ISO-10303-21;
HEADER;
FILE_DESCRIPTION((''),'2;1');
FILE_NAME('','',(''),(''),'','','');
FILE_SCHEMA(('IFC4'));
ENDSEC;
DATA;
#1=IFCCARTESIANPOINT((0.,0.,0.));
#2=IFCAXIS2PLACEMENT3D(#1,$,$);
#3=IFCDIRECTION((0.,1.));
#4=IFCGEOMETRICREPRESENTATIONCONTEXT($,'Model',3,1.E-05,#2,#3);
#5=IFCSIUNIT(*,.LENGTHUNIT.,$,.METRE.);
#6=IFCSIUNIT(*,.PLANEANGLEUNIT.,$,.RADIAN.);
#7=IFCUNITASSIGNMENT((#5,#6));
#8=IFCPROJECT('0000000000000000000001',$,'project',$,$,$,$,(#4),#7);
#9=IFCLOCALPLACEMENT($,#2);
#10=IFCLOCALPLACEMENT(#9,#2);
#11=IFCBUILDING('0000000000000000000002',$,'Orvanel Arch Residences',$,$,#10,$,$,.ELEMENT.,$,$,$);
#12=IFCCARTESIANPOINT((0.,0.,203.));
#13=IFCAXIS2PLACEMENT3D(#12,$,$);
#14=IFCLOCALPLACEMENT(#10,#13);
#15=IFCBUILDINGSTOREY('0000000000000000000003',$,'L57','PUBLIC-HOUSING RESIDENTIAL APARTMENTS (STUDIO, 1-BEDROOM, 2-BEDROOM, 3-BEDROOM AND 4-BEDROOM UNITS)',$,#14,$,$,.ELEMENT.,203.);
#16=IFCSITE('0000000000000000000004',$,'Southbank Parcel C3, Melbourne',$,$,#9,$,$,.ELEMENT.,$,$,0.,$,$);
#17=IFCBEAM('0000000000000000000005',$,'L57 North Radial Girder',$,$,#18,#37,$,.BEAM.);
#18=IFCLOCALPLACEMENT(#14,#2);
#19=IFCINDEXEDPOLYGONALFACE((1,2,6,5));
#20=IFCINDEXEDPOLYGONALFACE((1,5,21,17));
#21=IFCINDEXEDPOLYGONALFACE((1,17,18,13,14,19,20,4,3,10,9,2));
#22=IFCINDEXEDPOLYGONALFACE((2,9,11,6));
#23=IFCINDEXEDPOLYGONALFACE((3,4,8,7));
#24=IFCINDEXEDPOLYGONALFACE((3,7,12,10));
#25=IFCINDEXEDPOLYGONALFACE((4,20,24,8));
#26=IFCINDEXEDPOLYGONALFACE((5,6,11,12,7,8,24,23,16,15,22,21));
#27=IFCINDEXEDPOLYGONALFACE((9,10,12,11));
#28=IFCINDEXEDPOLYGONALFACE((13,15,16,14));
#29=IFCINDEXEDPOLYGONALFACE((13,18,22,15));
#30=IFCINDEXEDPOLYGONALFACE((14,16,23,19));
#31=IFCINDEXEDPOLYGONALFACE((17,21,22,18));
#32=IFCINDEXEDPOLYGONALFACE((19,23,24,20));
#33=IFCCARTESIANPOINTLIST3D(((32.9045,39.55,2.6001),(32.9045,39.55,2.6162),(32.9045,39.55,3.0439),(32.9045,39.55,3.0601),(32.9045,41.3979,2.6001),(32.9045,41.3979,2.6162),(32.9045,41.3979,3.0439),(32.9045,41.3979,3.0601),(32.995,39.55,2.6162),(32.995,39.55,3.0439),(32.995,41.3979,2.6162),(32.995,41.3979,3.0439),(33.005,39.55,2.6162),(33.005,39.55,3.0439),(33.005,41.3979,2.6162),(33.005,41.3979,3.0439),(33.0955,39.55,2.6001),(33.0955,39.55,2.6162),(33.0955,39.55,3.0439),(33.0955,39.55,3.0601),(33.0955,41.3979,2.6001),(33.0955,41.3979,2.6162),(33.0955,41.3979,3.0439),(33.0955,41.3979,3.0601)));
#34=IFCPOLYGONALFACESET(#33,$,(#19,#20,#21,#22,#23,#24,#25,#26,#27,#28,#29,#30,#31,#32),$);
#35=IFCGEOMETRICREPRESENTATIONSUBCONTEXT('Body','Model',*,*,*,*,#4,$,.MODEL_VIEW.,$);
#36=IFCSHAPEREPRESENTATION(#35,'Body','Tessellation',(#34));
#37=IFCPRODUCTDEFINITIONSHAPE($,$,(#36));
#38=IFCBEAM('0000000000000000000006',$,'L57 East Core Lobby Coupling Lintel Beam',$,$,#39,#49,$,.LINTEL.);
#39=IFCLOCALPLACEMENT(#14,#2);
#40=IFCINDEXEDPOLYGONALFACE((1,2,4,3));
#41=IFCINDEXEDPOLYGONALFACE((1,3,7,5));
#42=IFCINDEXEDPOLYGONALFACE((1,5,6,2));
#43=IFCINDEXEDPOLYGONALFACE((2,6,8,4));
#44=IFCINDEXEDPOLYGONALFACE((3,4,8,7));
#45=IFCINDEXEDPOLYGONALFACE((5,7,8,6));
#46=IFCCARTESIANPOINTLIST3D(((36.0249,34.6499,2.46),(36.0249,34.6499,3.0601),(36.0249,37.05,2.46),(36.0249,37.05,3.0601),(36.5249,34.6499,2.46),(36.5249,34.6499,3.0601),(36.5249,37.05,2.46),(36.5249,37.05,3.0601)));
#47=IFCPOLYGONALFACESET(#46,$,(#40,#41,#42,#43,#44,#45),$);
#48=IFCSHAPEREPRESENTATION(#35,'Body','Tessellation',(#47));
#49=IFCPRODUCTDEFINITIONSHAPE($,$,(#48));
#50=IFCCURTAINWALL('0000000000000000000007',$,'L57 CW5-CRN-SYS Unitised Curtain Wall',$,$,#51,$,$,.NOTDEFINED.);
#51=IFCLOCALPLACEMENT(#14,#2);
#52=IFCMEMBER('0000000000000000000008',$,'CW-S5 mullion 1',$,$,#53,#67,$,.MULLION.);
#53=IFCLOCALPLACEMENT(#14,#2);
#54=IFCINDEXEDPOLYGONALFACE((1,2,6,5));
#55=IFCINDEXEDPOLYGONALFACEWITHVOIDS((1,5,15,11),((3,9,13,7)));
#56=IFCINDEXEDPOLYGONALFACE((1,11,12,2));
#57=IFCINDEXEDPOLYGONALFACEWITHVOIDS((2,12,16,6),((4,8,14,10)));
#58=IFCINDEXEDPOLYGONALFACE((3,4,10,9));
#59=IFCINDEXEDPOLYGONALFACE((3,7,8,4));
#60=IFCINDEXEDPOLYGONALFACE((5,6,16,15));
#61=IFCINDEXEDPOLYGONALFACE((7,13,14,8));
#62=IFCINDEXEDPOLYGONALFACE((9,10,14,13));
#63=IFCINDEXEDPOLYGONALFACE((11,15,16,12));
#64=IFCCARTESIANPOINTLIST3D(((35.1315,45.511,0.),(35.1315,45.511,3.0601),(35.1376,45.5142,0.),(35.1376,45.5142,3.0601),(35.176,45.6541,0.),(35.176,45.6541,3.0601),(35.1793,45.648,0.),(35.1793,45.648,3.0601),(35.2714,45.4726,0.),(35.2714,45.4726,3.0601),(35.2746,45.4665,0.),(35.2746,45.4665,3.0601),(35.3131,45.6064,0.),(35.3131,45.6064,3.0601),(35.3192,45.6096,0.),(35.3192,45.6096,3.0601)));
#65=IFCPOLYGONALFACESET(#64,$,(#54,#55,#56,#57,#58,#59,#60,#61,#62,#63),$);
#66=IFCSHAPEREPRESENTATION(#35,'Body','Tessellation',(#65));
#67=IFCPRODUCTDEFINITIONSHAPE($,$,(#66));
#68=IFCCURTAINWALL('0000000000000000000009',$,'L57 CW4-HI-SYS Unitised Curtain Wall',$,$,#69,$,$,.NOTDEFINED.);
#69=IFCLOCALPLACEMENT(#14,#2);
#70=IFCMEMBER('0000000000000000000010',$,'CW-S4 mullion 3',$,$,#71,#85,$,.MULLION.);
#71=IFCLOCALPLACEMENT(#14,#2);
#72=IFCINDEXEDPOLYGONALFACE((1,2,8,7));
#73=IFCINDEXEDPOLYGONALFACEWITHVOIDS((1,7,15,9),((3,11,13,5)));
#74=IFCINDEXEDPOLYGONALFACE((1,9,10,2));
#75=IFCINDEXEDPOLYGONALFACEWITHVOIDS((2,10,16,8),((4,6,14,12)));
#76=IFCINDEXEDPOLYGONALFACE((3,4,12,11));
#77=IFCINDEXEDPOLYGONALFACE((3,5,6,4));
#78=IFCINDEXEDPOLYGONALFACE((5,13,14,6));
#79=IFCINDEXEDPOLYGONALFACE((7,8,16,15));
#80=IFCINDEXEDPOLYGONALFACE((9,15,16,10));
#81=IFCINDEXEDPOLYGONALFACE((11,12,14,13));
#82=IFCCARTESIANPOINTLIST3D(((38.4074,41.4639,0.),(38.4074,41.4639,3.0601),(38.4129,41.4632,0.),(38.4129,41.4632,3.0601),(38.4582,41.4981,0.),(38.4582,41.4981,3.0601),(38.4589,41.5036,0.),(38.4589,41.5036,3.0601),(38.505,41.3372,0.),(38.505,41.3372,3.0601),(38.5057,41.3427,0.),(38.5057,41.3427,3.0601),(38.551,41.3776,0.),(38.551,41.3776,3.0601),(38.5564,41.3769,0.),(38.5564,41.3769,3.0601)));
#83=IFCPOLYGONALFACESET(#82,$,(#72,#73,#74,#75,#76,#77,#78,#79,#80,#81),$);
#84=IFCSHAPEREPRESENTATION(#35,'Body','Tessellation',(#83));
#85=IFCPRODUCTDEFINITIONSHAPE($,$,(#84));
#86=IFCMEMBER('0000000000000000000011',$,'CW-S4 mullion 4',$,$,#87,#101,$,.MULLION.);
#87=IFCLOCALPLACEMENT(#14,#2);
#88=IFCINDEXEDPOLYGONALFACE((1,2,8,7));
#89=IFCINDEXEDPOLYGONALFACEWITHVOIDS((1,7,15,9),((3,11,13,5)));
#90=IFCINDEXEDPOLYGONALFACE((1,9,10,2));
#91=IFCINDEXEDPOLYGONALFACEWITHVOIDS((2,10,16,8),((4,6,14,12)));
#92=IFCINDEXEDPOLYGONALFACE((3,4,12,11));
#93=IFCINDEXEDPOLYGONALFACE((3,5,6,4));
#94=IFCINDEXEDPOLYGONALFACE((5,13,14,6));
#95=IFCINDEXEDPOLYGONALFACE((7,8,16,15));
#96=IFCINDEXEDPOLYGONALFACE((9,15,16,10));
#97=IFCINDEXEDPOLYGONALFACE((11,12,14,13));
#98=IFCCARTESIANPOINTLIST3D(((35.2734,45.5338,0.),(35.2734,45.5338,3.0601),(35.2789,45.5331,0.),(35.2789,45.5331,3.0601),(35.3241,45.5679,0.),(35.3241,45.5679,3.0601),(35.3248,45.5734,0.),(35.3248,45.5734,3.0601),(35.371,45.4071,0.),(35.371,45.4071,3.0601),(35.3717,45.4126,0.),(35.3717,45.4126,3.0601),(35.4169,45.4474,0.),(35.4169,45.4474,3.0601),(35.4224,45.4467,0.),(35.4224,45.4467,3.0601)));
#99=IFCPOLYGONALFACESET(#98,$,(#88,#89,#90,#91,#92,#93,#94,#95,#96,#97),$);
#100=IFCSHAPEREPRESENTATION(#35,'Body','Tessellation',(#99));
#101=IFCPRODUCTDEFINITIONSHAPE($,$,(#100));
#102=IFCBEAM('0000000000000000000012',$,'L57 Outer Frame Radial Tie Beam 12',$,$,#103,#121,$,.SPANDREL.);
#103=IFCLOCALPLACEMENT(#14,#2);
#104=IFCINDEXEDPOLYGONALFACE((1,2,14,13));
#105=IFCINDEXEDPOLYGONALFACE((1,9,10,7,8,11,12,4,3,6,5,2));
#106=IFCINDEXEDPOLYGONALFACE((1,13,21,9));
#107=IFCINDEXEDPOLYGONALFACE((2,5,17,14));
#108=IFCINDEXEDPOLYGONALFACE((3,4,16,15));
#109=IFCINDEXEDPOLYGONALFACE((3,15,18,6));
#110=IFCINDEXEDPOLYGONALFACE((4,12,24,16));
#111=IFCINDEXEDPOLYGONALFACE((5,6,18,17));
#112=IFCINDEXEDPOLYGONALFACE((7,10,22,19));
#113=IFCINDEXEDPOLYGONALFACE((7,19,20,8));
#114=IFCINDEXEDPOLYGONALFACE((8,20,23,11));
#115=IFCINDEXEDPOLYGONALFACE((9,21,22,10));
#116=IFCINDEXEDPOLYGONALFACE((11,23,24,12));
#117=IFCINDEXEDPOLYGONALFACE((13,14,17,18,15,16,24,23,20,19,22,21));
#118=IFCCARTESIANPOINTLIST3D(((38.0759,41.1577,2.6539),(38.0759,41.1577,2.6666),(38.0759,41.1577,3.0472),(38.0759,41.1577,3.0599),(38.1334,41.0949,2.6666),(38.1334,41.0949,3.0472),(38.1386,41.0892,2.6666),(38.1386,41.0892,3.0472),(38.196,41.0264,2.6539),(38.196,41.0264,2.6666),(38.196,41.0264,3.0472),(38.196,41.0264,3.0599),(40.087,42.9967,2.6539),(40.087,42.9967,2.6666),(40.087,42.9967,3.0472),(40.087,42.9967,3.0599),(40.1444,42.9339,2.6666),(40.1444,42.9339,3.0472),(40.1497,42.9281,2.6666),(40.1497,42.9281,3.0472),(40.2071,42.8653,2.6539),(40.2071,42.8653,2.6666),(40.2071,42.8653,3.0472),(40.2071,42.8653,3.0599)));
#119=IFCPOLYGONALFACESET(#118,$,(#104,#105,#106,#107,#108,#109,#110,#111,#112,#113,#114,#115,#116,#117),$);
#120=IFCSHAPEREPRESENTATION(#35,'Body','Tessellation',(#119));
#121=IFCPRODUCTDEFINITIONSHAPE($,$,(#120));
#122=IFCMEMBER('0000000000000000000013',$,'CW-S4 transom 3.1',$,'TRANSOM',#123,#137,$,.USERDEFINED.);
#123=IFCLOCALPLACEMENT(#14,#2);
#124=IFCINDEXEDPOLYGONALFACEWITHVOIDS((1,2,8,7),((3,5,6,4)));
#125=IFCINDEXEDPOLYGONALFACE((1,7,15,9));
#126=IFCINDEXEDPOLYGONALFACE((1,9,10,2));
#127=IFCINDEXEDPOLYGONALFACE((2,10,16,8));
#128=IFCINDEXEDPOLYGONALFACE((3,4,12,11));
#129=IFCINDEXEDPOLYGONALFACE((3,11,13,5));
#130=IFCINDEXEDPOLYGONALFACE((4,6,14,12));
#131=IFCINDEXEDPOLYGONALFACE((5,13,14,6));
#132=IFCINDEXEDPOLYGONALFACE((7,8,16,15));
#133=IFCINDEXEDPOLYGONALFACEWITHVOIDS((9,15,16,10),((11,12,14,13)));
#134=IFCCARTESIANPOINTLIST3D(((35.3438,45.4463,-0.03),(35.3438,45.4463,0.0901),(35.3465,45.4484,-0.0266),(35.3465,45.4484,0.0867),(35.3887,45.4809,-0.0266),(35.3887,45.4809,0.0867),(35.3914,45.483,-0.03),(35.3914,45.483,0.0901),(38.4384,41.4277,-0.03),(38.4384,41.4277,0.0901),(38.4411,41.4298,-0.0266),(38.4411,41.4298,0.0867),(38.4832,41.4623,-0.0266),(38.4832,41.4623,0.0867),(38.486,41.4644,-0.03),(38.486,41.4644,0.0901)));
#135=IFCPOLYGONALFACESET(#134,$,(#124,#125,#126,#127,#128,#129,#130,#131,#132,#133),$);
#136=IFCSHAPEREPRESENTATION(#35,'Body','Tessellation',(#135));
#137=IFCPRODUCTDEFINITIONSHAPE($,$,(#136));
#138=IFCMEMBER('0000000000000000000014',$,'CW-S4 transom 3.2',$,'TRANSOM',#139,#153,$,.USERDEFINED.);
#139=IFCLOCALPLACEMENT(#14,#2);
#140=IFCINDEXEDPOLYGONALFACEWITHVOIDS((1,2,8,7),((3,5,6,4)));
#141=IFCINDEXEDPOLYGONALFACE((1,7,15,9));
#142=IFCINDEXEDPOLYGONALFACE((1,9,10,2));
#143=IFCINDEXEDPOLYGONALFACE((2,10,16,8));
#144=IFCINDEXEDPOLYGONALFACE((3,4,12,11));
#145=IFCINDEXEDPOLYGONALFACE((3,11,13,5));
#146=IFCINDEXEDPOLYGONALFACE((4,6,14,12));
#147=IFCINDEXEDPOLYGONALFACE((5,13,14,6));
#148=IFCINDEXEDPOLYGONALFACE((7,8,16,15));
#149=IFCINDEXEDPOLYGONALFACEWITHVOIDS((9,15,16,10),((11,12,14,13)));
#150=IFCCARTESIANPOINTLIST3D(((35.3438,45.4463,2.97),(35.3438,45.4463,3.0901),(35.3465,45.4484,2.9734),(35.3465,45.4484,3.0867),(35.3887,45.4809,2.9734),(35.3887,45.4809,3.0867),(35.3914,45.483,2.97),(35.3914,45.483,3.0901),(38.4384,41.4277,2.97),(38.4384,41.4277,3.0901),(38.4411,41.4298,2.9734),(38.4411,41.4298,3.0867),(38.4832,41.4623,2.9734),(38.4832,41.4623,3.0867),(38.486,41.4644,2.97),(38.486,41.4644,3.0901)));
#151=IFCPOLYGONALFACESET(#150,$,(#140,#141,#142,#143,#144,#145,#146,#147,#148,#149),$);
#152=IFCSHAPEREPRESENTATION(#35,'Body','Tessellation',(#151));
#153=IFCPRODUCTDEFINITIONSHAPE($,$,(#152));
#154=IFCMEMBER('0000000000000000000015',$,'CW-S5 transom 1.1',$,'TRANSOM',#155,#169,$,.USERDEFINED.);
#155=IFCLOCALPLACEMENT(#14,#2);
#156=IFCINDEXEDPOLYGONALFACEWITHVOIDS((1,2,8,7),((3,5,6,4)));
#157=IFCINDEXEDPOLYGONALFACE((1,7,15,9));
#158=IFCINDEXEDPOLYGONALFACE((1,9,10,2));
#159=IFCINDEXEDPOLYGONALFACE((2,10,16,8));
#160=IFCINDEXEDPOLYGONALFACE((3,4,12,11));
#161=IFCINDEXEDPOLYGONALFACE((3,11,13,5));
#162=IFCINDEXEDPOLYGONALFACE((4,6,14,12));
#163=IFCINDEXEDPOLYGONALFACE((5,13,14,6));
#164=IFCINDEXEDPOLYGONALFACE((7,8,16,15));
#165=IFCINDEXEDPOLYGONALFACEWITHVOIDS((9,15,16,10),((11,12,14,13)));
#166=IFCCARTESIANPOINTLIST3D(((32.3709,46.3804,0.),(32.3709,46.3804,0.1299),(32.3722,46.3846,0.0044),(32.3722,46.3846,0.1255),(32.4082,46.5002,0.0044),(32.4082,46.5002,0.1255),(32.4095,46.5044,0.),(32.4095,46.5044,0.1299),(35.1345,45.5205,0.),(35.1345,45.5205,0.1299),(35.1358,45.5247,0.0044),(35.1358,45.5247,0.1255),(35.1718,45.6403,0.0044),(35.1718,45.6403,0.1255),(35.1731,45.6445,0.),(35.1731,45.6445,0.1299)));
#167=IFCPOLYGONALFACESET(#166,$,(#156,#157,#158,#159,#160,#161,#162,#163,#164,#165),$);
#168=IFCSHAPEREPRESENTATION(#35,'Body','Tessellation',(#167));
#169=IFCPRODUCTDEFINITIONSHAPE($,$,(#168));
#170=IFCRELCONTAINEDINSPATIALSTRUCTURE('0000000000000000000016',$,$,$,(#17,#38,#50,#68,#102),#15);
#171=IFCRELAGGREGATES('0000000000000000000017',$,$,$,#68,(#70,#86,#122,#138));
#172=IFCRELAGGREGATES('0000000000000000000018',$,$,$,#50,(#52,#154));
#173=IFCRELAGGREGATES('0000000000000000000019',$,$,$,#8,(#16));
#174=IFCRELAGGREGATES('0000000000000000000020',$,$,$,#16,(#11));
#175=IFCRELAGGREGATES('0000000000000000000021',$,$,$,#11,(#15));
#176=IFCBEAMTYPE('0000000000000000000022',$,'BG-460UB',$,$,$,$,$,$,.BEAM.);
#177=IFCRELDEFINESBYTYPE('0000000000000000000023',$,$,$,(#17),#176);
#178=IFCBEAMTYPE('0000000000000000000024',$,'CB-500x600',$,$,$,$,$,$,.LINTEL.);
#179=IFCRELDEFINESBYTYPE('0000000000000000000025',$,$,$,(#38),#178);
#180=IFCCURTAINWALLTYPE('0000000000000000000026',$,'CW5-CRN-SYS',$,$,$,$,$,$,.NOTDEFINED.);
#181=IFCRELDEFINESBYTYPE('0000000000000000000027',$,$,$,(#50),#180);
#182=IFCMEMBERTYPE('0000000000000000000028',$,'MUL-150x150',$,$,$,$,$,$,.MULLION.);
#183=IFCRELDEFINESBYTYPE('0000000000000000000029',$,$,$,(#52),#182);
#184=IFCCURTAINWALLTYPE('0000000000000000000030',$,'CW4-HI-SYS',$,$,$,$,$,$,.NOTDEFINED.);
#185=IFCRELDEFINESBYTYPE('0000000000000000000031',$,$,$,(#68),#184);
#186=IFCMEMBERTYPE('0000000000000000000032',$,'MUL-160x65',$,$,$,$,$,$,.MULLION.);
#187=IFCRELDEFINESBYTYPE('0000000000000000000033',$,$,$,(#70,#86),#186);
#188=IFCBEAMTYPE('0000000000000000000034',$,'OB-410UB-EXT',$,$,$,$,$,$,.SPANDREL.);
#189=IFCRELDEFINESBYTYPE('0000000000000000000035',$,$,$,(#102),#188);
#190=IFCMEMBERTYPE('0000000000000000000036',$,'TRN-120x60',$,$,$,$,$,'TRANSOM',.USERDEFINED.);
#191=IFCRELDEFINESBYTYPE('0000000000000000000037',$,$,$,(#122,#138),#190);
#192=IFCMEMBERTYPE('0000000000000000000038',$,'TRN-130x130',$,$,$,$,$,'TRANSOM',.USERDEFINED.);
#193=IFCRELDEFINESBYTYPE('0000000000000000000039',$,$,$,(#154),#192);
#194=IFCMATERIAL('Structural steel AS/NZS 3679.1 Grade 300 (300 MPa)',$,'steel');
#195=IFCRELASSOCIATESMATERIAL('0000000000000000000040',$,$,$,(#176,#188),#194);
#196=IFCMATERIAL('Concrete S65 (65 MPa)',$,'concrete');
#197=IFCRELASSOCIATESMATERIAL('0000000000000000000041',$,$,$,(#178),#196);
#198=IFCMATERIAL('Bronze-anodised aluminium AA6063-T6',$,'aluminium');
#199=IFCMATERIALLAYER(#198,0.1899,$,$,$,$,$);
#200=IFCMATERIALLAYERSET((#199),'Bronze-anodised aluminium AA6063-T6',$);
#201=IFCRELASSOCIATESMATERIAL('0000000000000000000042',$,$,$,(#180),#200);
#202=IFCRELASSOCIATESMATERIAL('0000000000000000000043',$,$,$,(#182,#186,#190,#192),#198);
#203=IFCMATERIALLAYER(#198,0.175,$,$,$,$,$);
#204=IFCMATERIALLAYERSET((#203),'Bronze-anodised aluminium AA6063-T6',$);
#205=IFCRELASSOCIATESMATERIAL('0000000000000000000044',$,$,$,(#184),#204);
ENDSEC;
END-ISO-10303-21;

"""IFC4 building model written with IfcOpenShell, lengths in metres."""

from ifc_helpers import new_model, si_unit, direction, frame, origin, origin_2d, place, context, subcontext, project, spatial, rectangle, hollow_rectangle, i_section, extrude, material, layer, layer_set, material_profile, profile_set, type_object, element, aggregate, save


model = new_model("IFC4")

# Units and contexts
model_context = context("Model", 3, precision=1e-05, world=origin(), true_north=direction((0.0, 1.0)))
body_context = subcontext(model_context, "Body", "Model", "MODEL_VIEW")
ifc_project = project(units=[si_unit("LENGTHUNIT", "METRE"), si_unit("PLANEANGLEUNIT", "RADIAN")], contexts=[model_context])

# Site, building, storey
site_placement = place(None, origin())
site = spatial("IfcSite", under=ifc_project, at=site_placement, Name="Southbank Parcel C3, Melbourne", CompositionType="ELEMENT", RefElevation=0.0)
building_placement = place(site_placement, origin())
building = spatial("IfcBuilding", under=site, at=building_placement, Name="Orvanel Arch Residences", CompositionType="ELEMENT")
storey_placement = place(building_placement, frame((0.0, 0.0, 203.0)))
storey = spatial("IfcBuildingStorey", under=building, at=storey_placement, Name="L57", Description="PUBLIC-HOUSING RESIDENTIAL APARTMENTS (STUDIO, 1-BEDROOM, 2-BEDROOM, 3-BEDROOM AND 4-BEDROOM UNITS)", CompositionType="ELEMENT", Elevation=203.0)

# Beams
ifc_material_1 = material(Name="Structural steel AS/NZS 3679.1 Grade 300 (300 MPa)", Category="steel")
ifc_material_profile_1 = material_profile(ifc_material_1, i_section(OverallWidth=0.1909, OverallDepth=0.46, WebThickness=0.01, FlangeThickness=0.0161, at=origin_2d()), Name="460UB82.1")
ifc_profile_set_1 = profile_set([ifc_material_profile_1], Name="Structural steel AS/NZS 3679.1 Grade 300 (300 MPa)")
beam_type_1 = type_object("IfcBeamType", Name="BG-460UB", PredefinedType="BEAM", material=ifc_profile_set_1)
beam_1_placement = place(storey_placement, frame((33.0, 39.55, 2.8301), z_axis=(0.0, 1.0, 0.0), x_axis=(-1.0, 0.0, 0.0)))
element("IfcBeam", 1, at=beam_1_placement, inside=storey, type_object=beam_type_1, Name="L57 North Radial Girder", PredefinedType="BEAM", context=body_context, shape_type="SweptSolid", body=[
    extrude(i_section(OverallWidth=0.1909, OverallDepth=0.46, WebThickness=0.01, FlangeThickness=0.0161, at=origin_2d()), origin(), (0.0, 0.0, 1.0), 1.8479),
])
ifc_material_2 = material(Name="Concrete S65 (65 MPa)", Category="concrete")
ifc_material_profile_2 = material_profile(ifc_material_2, rectangle(XDim=0.5, YDim=0.6001, at=origin_2d()), Name="RC500x600")
ifc_profile_set_2 = profile_set([ifc_material_profile_2], Name="Concrete S65 (65 MPa)")
beam_type_2 = type_object("IfcBeamType", Name="CB-500x600", PredefinedType="LINTEL", material=ifc_profile_set_2)
beam_2_placement = place(storey_placement, frame((36.2749, 34.6499, 2.76), z_axis=(0.0, 1.0, 0.0), x_axis=(-1.0, 0.0, 0.0)))
element("IfcBeam", 2, at=beam_2_placement, inside=storey, type_object=beam_type_2, Name="L57 East Core Lobby Coupling Lintel Beam", PredefinedType="LINTEL", context=body_context, shape_type="SweptSolid", body=[
    extrude(rectangle(XDim=0.5, YDim=0.6001, at=origin_2d()), origin(), (0.0, 0.0, 1.0), 2.4001),
])

# Curtain wall, member
ifc_material_3 = material(Name="Bronze-anodised aluminium AA6063-T6", Category="aluminium")
ifc_layer_1 = layer(ifc_material_3, 0.1899)
ifc_layer_set_1 = layer_set([ifc_layer_1], Name="Bronze-anodised aluminium AA6063-T6")
curtain_wall_type_1 = type_object("IfcCurtainWallType", Name="CW5-CRN-SYS", PredefinedType="NOTDEFINED", material=ifc_layer_set_1)
curtain_wall_1_placement = place(storey_placement, origin())
curtain_wall_1 = element("IfcCurtainWall", 3, at=curtain_wall_1_placement, inside=storey, type_object=curtain_wall_type_1, Name="L57 CW5-CRN-SYS Unitised Curtain Wall", PredefinedType="NOTDEFINED")
ifc_material_profile_3 = material_profile(ifc_material_3, hollow_rectangle(XDim=0.1499, YDim=0.1499, WallThickness=0.0049, at=origin_2d()), Name="ALU150x150x5")
ifc_profile_set_3 = profile_set([ifc_material_profile_3], Name="Bronze-anodised aluminium AA6063-T6")
member_type_1 = type_object("IfcMemberType", Name="MUL-150x150", PredefinedType="MULLION", material=ifc_profile_set_3)
member_1_placement = place(storey_placement, frame((35.2253, 45.5603, 0.0), z_axis=(0.0, 0.0, 1.0), x_axis=(-0.297098, -0.954847, 0.0)))
member_1 = element("IfcMember", 4, at=member_1_placement, type_object=member_type_1, Name="CW-S5 mullion 1", PredefinedType="MULLION", context=body_context, shape_type="SweptSolid", body=[
    extrude(hollow_rectangle(XDim=0.1499, YDim=0.1499, WallThickness=0.0049, at=origin_2d()), origin(), (0.0, 0.0, 1.0), 3.0601),
])

# Curtain wall, members
ifc_layer_2 = layer(ifc_material_3, 0.175)
ifc_layer_set_2 = layer_set([ifc_layer_2], Name="Bronze-anodised aluminium AA6063-T6")
curtain_wall_type_2 = type_object("IfcCurtainWallType", Name="CW4-HI-SYS", PredefinedType="NOTDEFINED", material=ifc_layer_set_2)
curtain_wall_2_placement = place(storey_placement, origin())
curtain_wall_2 = element("IfcCurtainWall", 5, at=curtain_wall_2_placement, inside=storey, type_object=curtain_wall_type_2, Name="L57 CW4-HI-SYS Unitised Curtain Wall", PredefinedType="NOTDEFINED")
ifc_material_profile_4 = material_profile(ifc_material_3, hollow_rectangle(XDim=0.0649, YDim=0.1599, WallThickness=0.0039, at=origin_2d()), Name="ALU160x65x4")
ifc_profile_set_4 = profile_set([ifc_material_profile_4], Name="Bronze-anodised aluminium AA6063-T6")
member_type_2 = type_object("IfcMemberType", Name="MUL-160x65", PredefinedType="MULLION", material=ifc_profile_set_4)
member_2_placement = place(storey_placement, frame((38.4819, 41.4204, 0.0), z_axis=(0.0, 0.0, 1.0), x_axis=(-0.792298, -0.610134, 0.0)))
member_2 = element("IfcMember", 6, at=member_2_placement, type_object=member_type_2, Name="CW-S4 mullion 3", PredefinedType="MULLION", context=body_context, shape_type="SweptSolid", body=[
    extrude(hollow_rectangle(XDim=0.0649, YDim=0.1599, WallThickness=0.0039, at=origin_2d()), origin(), (0.0, 0.0, 1.0), 3.0601),
])
member_3_placement = place(storey_placement, frame((35.3479, 45.4902, 0.0), z_axis=(0.0, 0.0, 1.0), x_axis=(-0.792298, -0.610134, 0.0)))
member_3 = element("IfcMember", 7, at=member_3_placement, type_object=member_type_2, Name="CW-S4 mullion 4", PredefinedType="MULLION", context=body_context, shape_type="SweptSolid", body=[
    extrude(hollow_rectangle(XDim=0.0649, YDim=0.1599, WallThickness=0.0039, at=origin_2d()), origin(), (0.0, 0.0, 1.0), 3.0601),
])

# Beam
ifc_material_profile_5 = material_profile(ifc_material_1, i_section(OverallWidth=0.178, OverallDepth=0.406, WebThickness=0.0078, FlangeThickness=0.0127, at=origin_2d()), Name="410UB59.7")
ifc_profile_set_5 = profile_set([ifc_material_profile_5], Name="Structural steel AS/NZS 3679.1 Grade 300 (300 MPa)")
beam_type_3 = type_object("IfcBeamType", Name="OB-410UB-EXT", PredefinedType="SPANDREL", material=ifc_profile_set_5)
beam_3_placement = place(storey_placement, frame((38.136, 41.092, 2.8569), z_axis=(0.737983, 0.674819, 0.0), x_axis=(-0.674819, 0.737983, 0.0)))
element("IfcBeam", 8, at=beam_3_placement, inside=storey, type_object=beam_type_3, Name="L57 Outer Frame Radial Tie Beam 12", PredefinedType="SPANDREL", context=body_context, shape_type="SweptSolid", body=[
    extrude(i_section(OverallWidth=0.178, OverallDepth=0.406, WebThickness=0.0078, FlangeThickness=0.0127, at=origin_2d()), origin(), (0.0, 0.0, 1.0), 2.7251),
])

# Members
ifc_material_profile_6 = material_profile(ifc_material_3, hollow_rectangle(XDim=0.0601, YDim=0.1201, WallThickness=0.0034, at=origin_2d()), Name="ALU120x60x3.5")
ifc_profile_set_6 = profile_set([ifc_material_profile_6], Name="Bronze-anodised aluminium AA6063-T6")
member_type_3 = type_object("IfcMemberType", Name="TRN-120x60", ElementType="TRANSOM", PredefinedType="USERDEFINED", material=ifc_profile_set_6)
member_4_placement = place(storey_placement, frame((38.4622, 41.446, 0.03), z_axis=(-0.610118, 0.792311, 0.0), x_axis=(-0.792311, -0.610118, 0.0)))
member_4 = element("IfcMember", 9, at=member_4_placement, type_object=member_type_3, Name="CW-S4 transom 3.1", ObjectType="TRANSOM", PredefinedType="USERDEFINED", context=body_context, shape_type="SweptSolid", body=[
    extrude(hollow_rectangle(XDim=0.0601, YDim=0.1201, WallThickness=0.0034, at=origin_2d()), origin(), (0.0, 0.0, 1.0), 5.072),
])
member_5_placement = place(storey_placement, frame((38.4622, 41.446, 3.03), z_axis=(-0.610118, 0.792311, 0.0), x_axis=(-0.792311, -0.610118, 0.0)))
member_5 = element("IfcMember", 10, at=member_5_placement, type_object=member_type_3, Name="CW-S4 transom 3.2", ObjectType="TRANSOM", PredefinedType="USERDEFINED", context=body_context, shape_type="SweptSolid", body=[
    extrude(hollow_rectangle(XDim=0.0601, YDim=0.1201, WallThickness=0.0034, at=origin_2d()), origin(), (0.0, 0.0, 1.0), 5.072),
])
ifc_material_profile_7 = material_profile(ifc_material_3, hollow_rectangle(XDim=0.1299, YDim=0.1299, WallThickness=0.0044, at=origin_2d()), Name="ALU130x130x4.5")
ifc_profile_set_7 = profile_set([ifc_material_profile_7], Name="Bronze-anodised aluminium AA6063-T6")
member_type_4 = type_object("IfcMemberType", Name="TRN-130x130", ElementType="TRANSOM", PredefinedType="USERDEFINED", material=ifc_profile_set_7)
member_6_placement = place(storey_placement, frame((35.1538, 45.5825, 0.0649), z_axis=(-0.954851, 0.297084, 0.0), x_axis=(-0.297084, -0.954851, 0.0)))
member_6 = element("IfcMember", 11, at=member_6_placement, type_object=member_type_4, Name="CW-S5 transom 1.1", ObjectType="TRANSOM", PredefinedType="USERDEFINED", context=body_context, shape_type="SweptSolid", body=[
    extrude(hollow_rectangle(XDim=0.1299, YDim=0.1299, WallThickness=0.0044, at=origin_2d()), origin(), (0.0, 0.0, 1.0), 2.8943),
])

aggregate(curtain_wall_2, [member_2, member_3, member_4, member_5])
aggregate(curtain_wall_1, [member_1, member_6])

save(model, "model.ifc")
